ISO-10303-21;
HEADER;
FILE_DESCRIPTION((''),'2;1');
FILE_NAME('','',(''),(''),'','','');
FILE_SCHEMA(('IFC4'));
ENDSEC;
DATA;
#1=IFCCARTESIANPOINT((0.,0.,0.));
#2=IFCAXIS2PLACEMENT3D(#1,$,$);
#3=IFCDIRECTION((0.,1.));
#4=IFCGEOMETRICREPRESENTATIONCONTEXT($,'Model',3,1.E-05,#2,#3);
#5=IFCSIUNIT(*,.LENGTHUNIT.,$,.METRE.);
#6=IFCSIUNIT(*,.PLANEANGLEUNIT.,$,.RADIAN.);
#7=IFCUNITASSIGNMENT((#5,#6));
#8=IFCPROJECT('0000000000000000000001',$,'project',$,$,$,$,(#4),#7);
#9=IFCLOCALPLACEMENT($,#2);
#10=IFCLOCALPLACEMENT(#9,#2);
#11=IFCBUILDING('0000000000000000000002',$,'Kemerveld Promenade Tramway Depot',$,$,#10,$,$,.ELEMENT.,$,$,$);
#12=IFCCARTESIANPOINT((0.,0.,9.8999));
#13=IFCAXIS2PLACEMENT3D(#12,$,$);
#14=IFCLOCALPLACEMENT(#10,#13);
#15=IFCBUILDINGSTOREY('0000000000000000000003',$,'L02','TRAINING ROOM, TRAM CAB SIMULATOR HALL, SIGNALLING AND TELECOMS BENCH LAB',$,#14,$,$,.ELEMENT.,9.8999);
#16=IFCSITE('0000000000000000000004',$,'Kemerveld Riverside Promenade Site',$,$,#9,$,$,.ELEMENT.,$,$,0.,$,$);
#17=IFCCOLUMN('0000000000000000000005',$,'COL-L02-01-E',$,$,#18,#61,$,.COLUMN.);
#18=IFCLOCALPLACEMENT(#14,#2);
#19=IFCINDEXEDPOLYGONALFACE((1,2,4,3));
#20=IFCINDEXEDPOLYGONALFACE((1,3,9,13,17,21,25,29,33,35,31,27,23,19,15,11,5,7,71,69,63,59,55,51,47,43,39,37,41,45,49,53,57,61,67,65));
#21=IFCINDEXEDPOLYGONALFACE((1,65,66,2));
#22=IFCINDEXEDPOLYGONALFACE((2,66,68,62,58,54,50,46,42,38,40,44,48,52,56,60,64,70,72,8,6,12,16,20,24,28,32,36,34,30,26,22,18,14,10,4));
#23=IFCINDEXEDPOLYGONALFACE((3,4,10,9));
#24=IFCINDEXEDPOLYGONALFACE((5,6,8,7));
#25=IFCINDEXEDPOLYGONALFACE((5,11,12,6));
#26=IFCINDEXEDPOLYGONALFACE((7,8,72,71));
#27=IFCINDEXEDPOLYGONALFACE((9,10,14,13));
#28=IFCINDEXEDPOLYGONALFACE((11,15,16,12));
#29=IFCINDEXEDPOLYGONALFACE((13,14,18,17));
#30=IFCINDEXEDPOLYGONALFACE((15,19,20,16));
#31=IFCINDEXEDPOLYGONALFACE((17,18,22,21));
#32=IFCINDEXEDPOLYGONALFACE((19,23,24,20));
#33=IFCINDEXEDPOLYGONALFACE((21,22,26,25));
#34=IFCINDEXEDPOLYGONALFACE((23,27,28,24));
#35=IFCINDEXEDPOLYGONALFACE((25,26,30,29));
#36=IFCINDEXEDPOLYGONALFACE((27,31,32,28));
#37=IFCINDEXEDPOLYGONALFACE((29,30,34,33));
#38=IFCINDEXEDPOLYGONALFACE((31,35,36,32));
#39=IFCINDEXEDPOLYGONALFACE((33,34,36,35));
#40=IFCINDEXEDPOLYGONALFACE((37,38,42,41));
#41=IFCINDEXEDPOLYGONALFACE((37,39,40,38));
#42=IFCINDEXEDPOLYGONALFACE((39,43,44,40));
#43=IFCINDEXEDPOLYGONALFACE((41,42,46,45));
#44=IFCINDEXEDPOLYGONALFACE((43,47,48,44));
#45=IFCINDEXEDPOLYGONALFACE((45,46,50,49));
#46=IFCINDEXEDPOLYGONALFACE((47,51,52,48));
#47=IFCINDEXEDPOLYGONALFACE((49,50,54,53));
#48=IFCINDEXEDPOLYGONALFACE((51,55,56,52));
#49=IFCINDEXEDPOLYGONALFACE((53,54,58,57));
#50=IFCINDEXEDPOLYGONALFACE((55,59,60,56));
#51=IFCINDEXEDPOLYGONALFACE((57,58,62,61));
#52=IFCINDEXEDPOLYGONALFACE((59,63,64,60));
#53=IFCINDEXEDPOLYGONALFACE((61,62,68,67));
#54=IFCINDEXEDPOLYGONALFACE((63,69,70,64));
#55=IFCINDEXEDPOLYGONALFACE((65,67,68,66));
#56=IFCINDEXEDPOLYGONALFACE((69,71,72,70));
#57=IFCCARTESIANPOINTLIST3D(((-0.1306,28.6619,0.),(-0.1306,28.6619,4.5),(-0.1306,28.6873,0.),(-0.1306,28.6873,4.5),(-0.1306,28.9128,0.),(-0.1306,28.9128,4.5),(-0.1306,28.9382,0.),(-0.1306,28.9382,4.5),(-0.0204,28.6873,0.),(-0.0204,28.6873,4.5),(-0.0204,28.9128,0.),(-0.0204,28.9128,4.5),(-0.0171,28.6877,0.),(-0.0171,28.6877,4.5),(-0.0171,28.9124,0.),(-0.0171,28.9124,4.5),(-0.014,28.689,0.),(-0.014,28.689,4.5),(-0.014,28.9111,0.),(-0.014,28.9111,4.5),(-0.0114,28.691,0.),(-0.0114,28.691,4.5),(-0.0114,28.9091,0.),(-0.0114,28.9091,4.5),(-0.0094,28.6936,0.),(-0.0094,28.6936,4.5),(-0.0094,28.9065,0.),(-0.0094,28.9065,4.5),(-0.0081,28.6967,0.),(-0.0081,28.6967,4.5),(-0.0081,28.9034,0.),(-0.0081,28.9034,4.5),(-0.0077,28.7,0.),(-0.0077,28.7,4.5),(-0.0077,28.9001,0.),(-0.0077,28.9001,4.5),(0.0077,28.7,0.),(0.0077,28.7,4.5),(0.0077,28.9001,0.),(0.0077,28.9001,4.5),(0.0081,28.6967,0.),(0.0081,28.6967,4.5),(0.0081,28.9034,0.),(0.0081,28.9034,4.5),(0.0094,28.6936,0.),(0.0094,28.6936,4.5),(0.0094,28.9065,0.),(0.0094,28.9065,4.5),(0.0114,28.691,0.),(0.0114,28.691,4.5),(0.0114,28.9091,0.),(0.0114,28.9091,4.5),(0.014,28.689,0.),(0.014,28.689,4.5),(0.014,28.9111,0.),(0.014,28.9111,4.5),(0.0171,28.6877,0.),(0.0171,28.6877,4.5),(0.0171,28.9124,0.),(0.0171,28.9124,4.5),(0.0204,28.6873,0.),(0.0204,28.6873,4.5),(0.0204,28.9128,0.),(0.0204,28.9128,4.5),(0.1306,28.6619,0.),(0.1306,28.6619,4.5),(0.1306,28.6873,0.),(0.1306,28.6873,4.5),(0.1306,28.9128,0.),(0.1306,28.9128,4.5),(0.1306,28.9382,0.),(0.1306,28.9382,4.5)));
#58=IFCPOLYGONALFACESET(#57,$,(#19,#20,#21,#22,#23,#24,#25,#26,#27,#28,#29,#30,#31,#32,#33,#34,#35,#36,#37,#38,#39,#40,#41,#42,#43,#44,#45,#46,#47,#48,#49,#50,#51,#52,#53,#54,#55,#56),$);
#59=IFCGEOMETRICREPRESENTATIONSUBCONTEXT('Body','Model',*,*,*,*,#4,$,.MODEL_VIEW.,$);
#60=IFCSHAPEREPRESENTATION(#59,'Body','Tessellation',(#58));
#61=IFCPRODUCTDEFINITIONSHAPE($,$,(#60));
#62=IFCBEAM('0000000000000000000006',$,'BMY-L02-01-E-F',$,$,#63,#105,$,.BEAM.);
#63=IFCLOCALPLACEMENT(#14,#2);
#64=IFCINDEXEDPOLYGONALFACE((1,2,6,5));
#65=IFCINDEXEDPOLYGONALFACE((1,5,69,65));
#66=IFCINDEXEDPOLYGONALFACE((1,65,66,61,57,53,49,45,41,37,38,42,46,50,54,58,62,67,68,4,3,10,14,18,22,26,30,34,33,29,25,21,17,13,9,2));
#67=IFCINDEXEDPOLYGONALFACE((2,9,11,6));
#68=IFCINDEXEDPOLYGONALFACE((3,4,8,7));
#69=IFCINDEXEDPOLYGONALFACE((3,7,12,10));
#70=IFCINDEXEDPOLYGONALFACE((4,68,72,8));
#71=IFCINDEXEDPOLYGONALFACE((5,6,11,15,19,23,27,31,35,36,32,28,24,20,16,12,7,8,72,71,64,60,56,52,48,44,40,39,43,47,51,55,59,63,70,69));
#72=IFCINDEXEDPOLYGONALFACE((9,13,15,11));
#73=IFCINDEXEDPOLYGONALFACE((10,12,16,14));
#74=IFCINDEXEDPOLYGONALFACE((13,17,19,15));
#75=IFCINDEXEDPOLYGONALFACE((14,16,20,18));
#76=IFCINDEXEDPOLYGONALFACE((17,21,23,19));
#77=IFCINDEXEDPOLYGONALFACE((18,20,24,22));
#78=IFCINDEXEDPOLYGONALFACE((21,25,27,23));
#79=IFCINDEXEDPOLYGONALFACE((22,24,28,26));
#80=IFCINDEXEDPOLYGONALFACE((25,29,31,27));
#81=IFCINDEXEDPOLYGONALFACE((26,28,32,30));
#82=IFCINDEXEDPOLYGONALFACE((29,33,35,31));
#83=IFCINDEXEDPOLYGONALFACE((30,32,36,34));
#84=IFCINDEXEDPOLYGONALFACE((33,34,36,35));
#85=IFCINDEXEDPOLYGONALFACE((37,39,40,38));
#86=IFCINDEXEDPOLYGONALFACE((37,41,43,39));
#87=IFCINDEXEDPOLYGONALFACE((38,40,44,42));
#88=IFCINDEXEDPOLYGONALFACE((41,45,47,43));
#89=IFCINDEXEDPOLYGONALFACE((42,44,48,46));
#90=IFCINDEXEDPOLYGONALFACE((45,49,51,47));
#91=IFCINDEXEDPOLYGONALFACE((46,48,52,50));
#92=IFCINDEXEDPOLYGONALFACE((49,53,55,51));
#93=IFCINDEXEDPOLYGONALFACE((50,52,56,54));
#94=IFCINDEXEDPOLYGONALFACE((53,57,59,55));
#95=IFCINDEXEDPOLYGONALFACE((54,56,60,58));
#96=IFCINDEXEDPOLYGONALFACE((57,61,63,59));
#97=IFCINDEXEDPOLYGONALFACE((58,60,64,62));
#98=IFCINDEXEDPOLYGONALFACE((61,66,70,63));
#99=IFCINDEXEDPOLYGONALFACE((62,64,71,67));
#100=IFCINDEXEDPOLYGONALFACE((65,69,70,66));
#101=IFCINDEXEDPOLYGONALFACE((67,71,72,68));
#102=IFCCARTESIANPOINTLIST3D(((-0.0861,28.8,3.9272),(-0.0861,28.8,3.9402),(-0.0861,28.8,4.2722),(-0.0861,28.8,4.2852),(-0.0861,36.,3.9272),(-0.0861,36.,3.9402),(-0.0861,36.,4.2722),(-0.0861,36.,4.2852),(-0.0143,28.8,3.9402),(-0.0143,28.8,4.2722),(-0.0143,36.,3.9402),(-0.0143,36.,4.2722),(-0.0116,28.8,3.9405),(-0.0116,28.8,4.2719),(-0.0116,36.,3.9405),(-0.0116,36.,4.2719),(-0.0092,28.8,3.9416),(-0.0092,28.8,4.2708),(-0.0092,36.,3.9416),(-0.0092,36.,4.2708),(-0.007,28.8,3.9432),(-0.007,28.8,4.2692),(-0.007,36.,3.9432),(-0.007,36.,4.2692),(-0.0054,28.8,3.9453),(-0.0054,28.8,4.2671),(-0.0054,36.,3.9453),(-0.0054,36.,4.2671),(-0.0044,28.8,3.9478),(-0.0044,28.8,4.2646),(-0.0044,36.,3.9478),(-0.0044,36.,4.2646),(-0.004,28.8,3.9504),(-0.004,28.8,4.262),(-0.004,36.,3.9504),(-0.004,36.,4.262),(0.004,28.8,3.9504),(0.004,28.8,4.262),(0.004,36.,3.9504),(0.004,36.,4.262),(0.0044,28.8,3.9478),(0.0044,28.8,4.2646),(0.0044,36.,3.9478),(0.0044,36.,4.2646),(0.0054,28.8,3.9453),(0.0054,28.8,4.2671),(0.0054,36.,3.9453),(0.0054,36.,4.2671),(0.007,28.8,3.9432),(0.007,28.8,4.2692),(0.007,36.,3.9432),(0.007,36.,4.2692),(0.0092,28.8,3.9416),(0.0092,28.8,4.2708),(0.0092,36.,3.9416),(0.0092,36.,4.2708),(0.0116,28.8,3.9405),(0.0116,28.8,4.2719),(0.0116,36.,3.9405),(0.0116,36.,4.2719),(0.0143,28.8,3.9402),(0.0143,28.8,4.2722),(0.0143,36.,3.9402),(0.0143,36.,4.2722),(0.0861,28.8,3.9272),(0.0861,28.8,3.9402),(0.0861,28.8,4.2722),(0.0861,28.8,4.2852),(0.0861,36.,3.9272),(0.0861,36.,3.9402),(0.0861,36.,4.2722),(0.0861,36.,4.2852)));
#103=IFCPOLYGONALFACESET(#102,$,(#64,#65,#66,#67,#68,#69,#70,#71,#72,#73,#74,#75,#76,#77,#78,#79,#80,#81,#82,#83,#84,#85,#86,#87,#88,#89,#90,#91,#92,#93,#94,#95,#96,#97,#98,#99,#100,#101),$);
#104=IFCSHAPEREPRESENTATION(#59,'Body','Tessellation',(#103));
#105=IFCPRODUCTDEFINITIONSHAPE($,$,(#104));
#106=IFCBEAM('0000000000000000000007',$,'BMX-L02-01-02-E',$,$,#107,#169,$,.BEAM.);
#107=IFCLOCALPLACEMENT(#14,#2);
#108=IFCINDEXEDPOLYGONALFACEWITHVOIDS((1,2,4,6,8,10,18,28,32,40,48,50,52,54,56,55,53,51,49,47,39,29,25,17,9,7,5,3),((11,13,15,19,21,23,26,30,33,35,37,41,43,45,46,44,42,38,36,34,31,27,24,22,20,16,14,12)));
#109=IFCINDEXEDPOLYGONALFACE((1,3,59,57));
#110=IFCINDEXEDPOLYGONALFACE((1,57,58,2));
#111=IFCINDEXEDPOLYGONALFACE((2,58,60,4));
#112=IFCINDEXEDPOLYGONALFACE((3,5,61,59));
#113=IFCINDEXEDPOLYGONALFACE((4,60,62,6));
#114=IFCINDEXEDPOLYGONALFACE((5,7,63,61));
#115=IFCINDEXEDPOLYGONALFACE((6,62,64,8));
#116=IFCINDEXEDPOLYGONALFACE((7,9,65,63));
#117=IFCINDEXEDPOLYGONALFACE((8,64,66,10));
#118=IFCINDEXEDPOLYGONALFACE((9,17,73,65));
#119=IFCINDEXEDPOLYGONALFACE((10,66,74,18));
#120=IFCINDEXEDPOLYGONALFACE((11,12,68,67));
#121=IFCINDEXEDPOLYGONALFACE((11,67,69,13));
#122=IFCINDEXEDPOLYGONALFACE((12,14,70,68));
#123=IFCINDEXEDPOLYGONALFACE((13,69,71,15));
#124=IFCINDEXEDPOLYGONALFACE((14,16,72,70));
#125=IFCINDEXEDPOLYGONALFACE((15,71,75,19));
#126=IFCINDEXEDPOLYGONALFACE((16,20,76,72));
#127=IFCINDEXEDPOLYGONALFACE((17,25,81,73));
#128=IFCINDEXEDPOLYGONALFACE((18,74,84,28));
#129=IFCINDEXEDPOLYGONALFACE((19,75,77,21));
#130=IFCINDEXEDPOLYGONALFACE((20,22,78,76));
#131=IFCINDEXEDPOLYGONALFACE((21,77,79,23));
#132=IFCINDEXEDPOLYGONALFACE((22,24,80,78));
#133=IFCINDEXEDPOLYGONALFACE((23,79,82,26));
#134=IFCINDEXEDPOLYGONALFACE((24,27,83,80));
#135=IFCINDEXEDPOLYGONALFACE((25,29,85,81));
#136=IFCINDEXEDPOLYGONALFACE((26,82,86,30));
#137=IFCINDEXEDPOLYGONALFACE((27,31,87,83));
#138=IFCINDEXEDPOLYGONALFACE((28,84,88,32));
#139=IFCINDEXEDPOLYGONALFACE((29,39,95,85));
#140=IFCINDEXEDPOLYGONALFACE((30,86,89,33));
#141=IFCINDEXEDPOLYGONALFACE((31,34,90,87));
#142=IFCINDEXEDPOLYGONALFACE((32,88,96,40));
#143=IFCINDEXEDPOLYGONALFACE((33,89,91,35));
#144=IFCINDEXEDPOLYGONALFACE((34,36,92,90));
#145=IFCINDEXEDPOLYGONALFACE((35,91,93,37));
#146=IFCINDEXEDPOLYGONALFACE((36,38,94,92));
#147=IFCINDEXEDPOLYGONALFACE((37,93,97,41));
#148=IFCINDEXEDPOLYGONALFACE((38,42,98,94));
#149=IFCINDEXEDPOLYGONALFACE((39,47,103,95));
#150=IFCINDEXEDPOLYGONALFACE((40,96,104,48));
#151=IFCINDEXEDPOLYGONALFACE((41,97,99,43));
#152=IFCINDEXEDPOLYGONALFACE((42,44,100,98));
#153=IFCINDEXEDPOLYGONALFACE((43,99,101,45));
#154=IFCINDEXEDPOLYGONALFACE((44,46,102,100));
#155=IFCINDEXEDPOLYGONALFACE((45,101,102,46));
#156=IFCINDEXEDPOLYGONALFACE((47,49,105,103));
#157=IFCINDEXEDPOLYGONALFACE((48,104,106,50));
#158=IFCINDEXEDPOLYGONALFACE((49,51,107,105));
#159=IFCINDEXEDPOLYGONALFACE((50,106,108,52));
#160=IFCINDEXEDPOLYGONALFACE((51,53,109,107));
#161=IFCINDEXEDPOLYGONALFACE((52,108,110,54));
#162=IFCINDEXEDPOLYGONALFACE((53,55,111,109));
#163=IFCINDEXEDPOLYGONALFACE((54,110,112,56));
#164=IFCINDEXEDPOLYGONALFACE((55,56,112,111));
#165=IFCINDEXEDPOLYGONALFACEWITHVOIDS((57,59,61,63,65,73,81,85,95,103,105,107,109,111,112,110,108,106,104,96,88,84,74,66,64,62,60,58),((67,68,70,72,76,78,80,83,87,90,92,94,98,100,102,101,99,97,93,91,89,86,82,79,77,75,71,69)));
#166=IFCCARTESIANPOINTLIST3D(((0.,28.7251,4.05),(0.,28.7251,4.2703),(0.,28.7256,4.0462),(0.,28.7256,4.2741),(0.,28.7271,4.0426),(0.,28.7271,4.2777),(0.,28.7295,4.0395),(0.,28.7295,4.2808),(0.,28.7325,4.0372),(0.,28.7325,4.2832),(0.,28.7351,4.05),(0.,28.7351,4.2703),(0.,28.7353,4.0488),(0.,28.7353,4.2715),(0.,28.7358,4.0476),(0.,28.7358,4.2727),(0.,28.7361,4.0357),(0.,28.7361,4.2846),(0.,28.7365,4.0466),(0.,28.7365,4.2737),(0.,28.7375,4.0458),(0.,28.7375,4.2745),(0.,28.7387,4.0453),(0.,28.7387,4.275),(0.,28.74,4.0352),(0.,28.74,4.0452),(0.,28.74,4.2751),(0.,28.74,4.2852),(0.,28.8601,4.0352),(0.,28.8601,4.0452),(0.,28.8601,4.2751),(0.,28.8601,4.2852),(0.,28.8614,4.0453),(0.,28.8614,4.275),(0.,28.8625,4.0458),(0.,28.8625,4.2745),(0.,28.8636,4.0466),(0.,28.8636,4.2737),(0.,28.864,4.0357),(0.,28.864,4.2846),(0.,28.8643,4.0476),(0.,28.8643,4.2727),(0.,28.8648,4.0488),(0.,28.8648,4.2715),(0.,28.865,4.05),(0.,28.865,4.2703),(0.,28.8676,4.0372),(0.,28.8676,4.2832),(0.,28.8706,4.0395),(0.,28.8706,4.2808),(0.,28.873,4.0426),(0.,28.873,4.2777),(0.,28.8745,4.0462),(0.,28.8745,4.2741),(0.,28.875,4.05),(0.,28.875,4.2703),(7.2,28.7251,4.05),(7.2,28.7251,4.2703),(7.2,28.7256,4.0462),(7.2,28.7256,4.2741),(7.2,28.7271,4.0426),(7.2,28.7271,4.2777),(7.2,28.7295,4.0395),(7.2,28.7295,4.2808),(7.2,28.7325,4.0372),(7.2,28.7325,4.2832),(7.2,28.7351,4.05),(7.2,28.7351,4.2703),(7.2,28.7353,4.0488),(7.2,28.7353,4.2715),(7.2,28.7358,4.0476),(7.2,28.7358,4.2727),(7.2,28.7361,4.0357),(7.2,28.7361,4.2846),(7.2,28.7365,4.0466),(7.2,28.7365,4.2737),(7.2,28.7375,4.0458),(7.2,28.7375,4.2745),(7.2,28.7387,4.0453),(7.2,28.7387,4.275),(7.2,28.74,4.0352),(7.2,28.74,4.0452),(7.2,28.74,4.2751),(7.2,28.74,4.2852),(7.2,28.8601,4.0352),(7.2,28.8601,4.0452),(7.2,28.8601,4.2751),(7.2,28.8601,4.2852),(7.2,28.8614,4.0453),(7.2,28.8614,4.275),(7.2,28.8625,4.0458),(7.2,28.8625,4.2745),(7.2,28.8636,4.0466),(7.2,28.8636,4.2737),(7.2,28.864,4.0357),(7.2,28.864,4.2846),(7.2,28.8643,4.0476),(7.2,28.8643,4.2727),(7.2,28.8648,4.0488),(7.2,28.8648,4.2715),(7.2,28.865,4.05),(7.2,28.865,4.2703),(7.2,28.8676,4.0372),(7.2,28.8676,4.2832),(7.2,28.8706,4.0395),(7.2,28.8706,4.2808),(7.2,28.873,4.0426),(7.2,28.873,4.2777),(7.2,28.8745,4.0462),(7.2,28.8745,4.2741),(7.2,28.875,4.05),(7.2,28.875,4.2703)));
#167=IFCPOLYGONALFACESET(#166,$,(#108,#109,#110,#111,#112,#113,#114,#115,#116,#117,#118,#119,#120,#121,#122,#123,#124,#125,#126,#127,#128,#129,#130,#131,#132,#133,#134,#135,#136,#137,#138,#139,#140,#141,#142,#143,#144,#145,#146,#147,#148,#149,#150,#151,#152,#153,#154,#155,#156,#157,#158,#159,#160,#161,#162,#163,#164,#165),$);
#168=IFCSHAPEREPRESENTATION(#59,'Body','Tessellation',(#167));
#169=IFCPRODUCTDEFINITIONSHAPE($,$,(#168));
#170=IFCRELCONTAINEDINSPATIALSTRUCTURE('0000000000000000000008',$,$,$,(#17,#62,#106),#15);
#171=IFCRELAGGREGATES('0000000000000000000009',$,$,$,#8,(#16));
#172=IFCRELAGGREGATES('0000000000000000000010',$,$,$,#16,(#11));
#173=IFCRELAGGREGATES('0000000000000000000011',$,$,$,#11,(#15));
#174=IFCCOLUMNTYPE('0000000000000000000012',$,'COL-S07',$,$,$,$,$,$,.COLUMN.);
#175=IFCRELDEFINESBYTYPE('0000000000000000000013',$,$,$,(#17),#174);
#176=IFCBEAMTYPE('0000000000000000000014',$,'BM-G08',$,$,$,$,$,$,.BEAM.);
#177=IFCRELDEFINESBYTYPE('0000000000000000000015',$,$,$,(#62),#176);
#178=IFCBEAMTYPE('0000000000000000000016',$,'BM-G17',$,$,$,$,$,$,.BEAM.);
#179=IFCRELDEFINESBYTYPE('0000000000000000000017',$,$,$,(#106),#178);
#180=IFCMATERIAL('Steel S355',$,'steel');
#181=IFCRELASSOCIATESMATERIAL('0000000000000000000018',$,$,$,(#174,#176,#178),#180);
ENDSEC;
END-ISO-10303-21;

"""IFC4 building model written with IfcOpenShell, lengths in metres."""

from ifc_helpers import new_model, si_unit, direction, frame, origin, origin_2d, place, context, subcontext, project, spatial, hollow_rectangle, i_section, extrude, material, material_profile, profile_set, type_object, element, save


model = new_model("IFC4")

# Units and contexts
model_context = context("Model", 3, precision=1e-05, world=origin(), true_north=direction((0.0, 1.0)))
body_context = subcontext(model_context, "Body", "Model", "MODEL_VIEW")
ifc_project = project(units=[si_unit("LENGTHUNIT", "METRE"), si_unit("PLANEANGLEUNIT", "RADIAN")], contexts=[model_context])

# Site, building, storey
site_placement = place(None, origin())
site = spatial("IfcSite", under=ifc_project, at=site_placement, Name="Kemerveld Riverside Promenade Site", CompositionType="ELEMENT", RefElevation=0.0)
building_placement = place(site_placement, origin())
building = spatial("IfcBuilding", under=site, at=building_placement, Name="Kemerveld Promenade Tramway Depot", CompositionType="ELEMENT")
storey_placement = place(building_placement, frame((0.0, 0.0, 9.8999)))
storey = spatial("IfcBuildingStorey", under=building, at=storey_placement, Name="L02", Description="TRAINING ROOM, TRAM CAB SIMULATOR HALL, SIGNALLING AND TELECOMS BENCH LAB", CompositionType="ELEMENT", Elevation=9.8999)

# Column
ifc_material_1 = material(Name="Steel S355", Category="steel")
ifc_material_profile_1 = material_profile(ifc_material_1, i_section(OverallWidth=0.2612, OverallDepth=0.2764, WebThickness=0.0154, FlangeThickness=0.0254, FilletRadius=0.0127, at=origin_2d()), Name="254x254x132 UC")
ifc_profile_set_1 = profile_set([ifc_material_profile_1], Name="Steel S355")
column_type = type_object("IfcColumnType", Name="COL-S07", PredefinedType="COLUMN", material=ifc_profile_set_1)
column_placement = place(storey_placement, frame((0.0, 28.8, 0.0), z_axis=(0.0, 0.0, 1.0), x_axis=(1.0, 0.0, 0.0)))
element("IfcColumn", 1, at=column_placement, inside=storey, type_object=column_type, Name="COL-L02-01-E", PredefinedType="COLUMN", context=body_context, shape_type="SweptSolid", body=[
    extrude(i_section(OverallWidth=0.2612, OverallDepth=0.2764, WebThickness=0.0154, FlangeThickness=0.0254, FilletRadius=0.0127, at=origin_2d()), origin(), (0.0, 0.0, 1.0), 4.5),
])

# Beams
ifc_material_profile_2 = material_profile(ifc_material_1, i_section(OverallWidth=0.1721, OverallDepth=0.3579, WebThickness=0.0081, FlangeThickness=0.0129, FilletRadius=0.0103, at=origin_2d()), Name="356x171x57 UB")
ifc_profile_set_2 = profile_set([ifc_material_profile_2], Name="Steel S355")
beam_type_1 = type_object("IfcBeamType", Name="BM-G08", PredefinedType="BEAM", material=ifc_profile_set_2)
beam_1_placement = place(storey_placement, frame((0.0, 28.8, 4.1062), z_axis=(0.0, 1.0, 0.0), x_axis=(-1.0, 0.0, 0.0)))
element("IfcBeam", 2, at=beam_1_placement, inside=storey, type_object=beam_type_1, Name="BMY-L02-01-E-F", PredefinedType="BEAM", context=body_context, shape_type="SweptSolid", body=[
    extrude(i_section(OverallWidth=0.1721, OverallDepth=0.3579, WebThickness=0.0081, FlangeThickness=0.0129, FilletRadius=0.0103, at=origin_2d()), origin(), (0.0, 0.0, 1.0), 7.2),
])
ifc_material_profile_3 = material_profile(ifc_material_1, hollow_rectangle(XDim=0.1499, YDim=0.25, WallThickness=0.01, InnerFilletRadius=0.0049, OuterFilletRadius=0.0149, at=origin_2d()), Name="250x150x10.0 RHS")
ifc_profile_set_3 = profile_set([ifc_material_profile_3], Name="Steel S355")
beam_type_2 = type_object("IfcBeamType", Name="BM-G17", PredefinedType="BEAM", material=ifc_profile_set_3)
beam_2_placement = place(storey_placement, frame((0.0, 28.8, 4.1602), z_axis=(1.0, 0.0, 0.0), x_axis=(0.0, 1.0, 0.0)))
element("IfcBeam", 3, at=beam_2_placement, inside=storey, type_object=beam_type_2, Name="BMX-L02-01-02-E", PredefinedType="BEAM", context=body_context, shape_type="SweptSolid", body=[
    extrude(hollow_rectangle(XDim=0.1499, YDim=0.25, WallThickness=0.01, InnerFilletRadius=0.0049, OuterFilletRadius=0.0149, at=origin_2d()), origin(), (0.0, 0.0, 1.0), 7.2),
])

save(model, "model.ifc")
